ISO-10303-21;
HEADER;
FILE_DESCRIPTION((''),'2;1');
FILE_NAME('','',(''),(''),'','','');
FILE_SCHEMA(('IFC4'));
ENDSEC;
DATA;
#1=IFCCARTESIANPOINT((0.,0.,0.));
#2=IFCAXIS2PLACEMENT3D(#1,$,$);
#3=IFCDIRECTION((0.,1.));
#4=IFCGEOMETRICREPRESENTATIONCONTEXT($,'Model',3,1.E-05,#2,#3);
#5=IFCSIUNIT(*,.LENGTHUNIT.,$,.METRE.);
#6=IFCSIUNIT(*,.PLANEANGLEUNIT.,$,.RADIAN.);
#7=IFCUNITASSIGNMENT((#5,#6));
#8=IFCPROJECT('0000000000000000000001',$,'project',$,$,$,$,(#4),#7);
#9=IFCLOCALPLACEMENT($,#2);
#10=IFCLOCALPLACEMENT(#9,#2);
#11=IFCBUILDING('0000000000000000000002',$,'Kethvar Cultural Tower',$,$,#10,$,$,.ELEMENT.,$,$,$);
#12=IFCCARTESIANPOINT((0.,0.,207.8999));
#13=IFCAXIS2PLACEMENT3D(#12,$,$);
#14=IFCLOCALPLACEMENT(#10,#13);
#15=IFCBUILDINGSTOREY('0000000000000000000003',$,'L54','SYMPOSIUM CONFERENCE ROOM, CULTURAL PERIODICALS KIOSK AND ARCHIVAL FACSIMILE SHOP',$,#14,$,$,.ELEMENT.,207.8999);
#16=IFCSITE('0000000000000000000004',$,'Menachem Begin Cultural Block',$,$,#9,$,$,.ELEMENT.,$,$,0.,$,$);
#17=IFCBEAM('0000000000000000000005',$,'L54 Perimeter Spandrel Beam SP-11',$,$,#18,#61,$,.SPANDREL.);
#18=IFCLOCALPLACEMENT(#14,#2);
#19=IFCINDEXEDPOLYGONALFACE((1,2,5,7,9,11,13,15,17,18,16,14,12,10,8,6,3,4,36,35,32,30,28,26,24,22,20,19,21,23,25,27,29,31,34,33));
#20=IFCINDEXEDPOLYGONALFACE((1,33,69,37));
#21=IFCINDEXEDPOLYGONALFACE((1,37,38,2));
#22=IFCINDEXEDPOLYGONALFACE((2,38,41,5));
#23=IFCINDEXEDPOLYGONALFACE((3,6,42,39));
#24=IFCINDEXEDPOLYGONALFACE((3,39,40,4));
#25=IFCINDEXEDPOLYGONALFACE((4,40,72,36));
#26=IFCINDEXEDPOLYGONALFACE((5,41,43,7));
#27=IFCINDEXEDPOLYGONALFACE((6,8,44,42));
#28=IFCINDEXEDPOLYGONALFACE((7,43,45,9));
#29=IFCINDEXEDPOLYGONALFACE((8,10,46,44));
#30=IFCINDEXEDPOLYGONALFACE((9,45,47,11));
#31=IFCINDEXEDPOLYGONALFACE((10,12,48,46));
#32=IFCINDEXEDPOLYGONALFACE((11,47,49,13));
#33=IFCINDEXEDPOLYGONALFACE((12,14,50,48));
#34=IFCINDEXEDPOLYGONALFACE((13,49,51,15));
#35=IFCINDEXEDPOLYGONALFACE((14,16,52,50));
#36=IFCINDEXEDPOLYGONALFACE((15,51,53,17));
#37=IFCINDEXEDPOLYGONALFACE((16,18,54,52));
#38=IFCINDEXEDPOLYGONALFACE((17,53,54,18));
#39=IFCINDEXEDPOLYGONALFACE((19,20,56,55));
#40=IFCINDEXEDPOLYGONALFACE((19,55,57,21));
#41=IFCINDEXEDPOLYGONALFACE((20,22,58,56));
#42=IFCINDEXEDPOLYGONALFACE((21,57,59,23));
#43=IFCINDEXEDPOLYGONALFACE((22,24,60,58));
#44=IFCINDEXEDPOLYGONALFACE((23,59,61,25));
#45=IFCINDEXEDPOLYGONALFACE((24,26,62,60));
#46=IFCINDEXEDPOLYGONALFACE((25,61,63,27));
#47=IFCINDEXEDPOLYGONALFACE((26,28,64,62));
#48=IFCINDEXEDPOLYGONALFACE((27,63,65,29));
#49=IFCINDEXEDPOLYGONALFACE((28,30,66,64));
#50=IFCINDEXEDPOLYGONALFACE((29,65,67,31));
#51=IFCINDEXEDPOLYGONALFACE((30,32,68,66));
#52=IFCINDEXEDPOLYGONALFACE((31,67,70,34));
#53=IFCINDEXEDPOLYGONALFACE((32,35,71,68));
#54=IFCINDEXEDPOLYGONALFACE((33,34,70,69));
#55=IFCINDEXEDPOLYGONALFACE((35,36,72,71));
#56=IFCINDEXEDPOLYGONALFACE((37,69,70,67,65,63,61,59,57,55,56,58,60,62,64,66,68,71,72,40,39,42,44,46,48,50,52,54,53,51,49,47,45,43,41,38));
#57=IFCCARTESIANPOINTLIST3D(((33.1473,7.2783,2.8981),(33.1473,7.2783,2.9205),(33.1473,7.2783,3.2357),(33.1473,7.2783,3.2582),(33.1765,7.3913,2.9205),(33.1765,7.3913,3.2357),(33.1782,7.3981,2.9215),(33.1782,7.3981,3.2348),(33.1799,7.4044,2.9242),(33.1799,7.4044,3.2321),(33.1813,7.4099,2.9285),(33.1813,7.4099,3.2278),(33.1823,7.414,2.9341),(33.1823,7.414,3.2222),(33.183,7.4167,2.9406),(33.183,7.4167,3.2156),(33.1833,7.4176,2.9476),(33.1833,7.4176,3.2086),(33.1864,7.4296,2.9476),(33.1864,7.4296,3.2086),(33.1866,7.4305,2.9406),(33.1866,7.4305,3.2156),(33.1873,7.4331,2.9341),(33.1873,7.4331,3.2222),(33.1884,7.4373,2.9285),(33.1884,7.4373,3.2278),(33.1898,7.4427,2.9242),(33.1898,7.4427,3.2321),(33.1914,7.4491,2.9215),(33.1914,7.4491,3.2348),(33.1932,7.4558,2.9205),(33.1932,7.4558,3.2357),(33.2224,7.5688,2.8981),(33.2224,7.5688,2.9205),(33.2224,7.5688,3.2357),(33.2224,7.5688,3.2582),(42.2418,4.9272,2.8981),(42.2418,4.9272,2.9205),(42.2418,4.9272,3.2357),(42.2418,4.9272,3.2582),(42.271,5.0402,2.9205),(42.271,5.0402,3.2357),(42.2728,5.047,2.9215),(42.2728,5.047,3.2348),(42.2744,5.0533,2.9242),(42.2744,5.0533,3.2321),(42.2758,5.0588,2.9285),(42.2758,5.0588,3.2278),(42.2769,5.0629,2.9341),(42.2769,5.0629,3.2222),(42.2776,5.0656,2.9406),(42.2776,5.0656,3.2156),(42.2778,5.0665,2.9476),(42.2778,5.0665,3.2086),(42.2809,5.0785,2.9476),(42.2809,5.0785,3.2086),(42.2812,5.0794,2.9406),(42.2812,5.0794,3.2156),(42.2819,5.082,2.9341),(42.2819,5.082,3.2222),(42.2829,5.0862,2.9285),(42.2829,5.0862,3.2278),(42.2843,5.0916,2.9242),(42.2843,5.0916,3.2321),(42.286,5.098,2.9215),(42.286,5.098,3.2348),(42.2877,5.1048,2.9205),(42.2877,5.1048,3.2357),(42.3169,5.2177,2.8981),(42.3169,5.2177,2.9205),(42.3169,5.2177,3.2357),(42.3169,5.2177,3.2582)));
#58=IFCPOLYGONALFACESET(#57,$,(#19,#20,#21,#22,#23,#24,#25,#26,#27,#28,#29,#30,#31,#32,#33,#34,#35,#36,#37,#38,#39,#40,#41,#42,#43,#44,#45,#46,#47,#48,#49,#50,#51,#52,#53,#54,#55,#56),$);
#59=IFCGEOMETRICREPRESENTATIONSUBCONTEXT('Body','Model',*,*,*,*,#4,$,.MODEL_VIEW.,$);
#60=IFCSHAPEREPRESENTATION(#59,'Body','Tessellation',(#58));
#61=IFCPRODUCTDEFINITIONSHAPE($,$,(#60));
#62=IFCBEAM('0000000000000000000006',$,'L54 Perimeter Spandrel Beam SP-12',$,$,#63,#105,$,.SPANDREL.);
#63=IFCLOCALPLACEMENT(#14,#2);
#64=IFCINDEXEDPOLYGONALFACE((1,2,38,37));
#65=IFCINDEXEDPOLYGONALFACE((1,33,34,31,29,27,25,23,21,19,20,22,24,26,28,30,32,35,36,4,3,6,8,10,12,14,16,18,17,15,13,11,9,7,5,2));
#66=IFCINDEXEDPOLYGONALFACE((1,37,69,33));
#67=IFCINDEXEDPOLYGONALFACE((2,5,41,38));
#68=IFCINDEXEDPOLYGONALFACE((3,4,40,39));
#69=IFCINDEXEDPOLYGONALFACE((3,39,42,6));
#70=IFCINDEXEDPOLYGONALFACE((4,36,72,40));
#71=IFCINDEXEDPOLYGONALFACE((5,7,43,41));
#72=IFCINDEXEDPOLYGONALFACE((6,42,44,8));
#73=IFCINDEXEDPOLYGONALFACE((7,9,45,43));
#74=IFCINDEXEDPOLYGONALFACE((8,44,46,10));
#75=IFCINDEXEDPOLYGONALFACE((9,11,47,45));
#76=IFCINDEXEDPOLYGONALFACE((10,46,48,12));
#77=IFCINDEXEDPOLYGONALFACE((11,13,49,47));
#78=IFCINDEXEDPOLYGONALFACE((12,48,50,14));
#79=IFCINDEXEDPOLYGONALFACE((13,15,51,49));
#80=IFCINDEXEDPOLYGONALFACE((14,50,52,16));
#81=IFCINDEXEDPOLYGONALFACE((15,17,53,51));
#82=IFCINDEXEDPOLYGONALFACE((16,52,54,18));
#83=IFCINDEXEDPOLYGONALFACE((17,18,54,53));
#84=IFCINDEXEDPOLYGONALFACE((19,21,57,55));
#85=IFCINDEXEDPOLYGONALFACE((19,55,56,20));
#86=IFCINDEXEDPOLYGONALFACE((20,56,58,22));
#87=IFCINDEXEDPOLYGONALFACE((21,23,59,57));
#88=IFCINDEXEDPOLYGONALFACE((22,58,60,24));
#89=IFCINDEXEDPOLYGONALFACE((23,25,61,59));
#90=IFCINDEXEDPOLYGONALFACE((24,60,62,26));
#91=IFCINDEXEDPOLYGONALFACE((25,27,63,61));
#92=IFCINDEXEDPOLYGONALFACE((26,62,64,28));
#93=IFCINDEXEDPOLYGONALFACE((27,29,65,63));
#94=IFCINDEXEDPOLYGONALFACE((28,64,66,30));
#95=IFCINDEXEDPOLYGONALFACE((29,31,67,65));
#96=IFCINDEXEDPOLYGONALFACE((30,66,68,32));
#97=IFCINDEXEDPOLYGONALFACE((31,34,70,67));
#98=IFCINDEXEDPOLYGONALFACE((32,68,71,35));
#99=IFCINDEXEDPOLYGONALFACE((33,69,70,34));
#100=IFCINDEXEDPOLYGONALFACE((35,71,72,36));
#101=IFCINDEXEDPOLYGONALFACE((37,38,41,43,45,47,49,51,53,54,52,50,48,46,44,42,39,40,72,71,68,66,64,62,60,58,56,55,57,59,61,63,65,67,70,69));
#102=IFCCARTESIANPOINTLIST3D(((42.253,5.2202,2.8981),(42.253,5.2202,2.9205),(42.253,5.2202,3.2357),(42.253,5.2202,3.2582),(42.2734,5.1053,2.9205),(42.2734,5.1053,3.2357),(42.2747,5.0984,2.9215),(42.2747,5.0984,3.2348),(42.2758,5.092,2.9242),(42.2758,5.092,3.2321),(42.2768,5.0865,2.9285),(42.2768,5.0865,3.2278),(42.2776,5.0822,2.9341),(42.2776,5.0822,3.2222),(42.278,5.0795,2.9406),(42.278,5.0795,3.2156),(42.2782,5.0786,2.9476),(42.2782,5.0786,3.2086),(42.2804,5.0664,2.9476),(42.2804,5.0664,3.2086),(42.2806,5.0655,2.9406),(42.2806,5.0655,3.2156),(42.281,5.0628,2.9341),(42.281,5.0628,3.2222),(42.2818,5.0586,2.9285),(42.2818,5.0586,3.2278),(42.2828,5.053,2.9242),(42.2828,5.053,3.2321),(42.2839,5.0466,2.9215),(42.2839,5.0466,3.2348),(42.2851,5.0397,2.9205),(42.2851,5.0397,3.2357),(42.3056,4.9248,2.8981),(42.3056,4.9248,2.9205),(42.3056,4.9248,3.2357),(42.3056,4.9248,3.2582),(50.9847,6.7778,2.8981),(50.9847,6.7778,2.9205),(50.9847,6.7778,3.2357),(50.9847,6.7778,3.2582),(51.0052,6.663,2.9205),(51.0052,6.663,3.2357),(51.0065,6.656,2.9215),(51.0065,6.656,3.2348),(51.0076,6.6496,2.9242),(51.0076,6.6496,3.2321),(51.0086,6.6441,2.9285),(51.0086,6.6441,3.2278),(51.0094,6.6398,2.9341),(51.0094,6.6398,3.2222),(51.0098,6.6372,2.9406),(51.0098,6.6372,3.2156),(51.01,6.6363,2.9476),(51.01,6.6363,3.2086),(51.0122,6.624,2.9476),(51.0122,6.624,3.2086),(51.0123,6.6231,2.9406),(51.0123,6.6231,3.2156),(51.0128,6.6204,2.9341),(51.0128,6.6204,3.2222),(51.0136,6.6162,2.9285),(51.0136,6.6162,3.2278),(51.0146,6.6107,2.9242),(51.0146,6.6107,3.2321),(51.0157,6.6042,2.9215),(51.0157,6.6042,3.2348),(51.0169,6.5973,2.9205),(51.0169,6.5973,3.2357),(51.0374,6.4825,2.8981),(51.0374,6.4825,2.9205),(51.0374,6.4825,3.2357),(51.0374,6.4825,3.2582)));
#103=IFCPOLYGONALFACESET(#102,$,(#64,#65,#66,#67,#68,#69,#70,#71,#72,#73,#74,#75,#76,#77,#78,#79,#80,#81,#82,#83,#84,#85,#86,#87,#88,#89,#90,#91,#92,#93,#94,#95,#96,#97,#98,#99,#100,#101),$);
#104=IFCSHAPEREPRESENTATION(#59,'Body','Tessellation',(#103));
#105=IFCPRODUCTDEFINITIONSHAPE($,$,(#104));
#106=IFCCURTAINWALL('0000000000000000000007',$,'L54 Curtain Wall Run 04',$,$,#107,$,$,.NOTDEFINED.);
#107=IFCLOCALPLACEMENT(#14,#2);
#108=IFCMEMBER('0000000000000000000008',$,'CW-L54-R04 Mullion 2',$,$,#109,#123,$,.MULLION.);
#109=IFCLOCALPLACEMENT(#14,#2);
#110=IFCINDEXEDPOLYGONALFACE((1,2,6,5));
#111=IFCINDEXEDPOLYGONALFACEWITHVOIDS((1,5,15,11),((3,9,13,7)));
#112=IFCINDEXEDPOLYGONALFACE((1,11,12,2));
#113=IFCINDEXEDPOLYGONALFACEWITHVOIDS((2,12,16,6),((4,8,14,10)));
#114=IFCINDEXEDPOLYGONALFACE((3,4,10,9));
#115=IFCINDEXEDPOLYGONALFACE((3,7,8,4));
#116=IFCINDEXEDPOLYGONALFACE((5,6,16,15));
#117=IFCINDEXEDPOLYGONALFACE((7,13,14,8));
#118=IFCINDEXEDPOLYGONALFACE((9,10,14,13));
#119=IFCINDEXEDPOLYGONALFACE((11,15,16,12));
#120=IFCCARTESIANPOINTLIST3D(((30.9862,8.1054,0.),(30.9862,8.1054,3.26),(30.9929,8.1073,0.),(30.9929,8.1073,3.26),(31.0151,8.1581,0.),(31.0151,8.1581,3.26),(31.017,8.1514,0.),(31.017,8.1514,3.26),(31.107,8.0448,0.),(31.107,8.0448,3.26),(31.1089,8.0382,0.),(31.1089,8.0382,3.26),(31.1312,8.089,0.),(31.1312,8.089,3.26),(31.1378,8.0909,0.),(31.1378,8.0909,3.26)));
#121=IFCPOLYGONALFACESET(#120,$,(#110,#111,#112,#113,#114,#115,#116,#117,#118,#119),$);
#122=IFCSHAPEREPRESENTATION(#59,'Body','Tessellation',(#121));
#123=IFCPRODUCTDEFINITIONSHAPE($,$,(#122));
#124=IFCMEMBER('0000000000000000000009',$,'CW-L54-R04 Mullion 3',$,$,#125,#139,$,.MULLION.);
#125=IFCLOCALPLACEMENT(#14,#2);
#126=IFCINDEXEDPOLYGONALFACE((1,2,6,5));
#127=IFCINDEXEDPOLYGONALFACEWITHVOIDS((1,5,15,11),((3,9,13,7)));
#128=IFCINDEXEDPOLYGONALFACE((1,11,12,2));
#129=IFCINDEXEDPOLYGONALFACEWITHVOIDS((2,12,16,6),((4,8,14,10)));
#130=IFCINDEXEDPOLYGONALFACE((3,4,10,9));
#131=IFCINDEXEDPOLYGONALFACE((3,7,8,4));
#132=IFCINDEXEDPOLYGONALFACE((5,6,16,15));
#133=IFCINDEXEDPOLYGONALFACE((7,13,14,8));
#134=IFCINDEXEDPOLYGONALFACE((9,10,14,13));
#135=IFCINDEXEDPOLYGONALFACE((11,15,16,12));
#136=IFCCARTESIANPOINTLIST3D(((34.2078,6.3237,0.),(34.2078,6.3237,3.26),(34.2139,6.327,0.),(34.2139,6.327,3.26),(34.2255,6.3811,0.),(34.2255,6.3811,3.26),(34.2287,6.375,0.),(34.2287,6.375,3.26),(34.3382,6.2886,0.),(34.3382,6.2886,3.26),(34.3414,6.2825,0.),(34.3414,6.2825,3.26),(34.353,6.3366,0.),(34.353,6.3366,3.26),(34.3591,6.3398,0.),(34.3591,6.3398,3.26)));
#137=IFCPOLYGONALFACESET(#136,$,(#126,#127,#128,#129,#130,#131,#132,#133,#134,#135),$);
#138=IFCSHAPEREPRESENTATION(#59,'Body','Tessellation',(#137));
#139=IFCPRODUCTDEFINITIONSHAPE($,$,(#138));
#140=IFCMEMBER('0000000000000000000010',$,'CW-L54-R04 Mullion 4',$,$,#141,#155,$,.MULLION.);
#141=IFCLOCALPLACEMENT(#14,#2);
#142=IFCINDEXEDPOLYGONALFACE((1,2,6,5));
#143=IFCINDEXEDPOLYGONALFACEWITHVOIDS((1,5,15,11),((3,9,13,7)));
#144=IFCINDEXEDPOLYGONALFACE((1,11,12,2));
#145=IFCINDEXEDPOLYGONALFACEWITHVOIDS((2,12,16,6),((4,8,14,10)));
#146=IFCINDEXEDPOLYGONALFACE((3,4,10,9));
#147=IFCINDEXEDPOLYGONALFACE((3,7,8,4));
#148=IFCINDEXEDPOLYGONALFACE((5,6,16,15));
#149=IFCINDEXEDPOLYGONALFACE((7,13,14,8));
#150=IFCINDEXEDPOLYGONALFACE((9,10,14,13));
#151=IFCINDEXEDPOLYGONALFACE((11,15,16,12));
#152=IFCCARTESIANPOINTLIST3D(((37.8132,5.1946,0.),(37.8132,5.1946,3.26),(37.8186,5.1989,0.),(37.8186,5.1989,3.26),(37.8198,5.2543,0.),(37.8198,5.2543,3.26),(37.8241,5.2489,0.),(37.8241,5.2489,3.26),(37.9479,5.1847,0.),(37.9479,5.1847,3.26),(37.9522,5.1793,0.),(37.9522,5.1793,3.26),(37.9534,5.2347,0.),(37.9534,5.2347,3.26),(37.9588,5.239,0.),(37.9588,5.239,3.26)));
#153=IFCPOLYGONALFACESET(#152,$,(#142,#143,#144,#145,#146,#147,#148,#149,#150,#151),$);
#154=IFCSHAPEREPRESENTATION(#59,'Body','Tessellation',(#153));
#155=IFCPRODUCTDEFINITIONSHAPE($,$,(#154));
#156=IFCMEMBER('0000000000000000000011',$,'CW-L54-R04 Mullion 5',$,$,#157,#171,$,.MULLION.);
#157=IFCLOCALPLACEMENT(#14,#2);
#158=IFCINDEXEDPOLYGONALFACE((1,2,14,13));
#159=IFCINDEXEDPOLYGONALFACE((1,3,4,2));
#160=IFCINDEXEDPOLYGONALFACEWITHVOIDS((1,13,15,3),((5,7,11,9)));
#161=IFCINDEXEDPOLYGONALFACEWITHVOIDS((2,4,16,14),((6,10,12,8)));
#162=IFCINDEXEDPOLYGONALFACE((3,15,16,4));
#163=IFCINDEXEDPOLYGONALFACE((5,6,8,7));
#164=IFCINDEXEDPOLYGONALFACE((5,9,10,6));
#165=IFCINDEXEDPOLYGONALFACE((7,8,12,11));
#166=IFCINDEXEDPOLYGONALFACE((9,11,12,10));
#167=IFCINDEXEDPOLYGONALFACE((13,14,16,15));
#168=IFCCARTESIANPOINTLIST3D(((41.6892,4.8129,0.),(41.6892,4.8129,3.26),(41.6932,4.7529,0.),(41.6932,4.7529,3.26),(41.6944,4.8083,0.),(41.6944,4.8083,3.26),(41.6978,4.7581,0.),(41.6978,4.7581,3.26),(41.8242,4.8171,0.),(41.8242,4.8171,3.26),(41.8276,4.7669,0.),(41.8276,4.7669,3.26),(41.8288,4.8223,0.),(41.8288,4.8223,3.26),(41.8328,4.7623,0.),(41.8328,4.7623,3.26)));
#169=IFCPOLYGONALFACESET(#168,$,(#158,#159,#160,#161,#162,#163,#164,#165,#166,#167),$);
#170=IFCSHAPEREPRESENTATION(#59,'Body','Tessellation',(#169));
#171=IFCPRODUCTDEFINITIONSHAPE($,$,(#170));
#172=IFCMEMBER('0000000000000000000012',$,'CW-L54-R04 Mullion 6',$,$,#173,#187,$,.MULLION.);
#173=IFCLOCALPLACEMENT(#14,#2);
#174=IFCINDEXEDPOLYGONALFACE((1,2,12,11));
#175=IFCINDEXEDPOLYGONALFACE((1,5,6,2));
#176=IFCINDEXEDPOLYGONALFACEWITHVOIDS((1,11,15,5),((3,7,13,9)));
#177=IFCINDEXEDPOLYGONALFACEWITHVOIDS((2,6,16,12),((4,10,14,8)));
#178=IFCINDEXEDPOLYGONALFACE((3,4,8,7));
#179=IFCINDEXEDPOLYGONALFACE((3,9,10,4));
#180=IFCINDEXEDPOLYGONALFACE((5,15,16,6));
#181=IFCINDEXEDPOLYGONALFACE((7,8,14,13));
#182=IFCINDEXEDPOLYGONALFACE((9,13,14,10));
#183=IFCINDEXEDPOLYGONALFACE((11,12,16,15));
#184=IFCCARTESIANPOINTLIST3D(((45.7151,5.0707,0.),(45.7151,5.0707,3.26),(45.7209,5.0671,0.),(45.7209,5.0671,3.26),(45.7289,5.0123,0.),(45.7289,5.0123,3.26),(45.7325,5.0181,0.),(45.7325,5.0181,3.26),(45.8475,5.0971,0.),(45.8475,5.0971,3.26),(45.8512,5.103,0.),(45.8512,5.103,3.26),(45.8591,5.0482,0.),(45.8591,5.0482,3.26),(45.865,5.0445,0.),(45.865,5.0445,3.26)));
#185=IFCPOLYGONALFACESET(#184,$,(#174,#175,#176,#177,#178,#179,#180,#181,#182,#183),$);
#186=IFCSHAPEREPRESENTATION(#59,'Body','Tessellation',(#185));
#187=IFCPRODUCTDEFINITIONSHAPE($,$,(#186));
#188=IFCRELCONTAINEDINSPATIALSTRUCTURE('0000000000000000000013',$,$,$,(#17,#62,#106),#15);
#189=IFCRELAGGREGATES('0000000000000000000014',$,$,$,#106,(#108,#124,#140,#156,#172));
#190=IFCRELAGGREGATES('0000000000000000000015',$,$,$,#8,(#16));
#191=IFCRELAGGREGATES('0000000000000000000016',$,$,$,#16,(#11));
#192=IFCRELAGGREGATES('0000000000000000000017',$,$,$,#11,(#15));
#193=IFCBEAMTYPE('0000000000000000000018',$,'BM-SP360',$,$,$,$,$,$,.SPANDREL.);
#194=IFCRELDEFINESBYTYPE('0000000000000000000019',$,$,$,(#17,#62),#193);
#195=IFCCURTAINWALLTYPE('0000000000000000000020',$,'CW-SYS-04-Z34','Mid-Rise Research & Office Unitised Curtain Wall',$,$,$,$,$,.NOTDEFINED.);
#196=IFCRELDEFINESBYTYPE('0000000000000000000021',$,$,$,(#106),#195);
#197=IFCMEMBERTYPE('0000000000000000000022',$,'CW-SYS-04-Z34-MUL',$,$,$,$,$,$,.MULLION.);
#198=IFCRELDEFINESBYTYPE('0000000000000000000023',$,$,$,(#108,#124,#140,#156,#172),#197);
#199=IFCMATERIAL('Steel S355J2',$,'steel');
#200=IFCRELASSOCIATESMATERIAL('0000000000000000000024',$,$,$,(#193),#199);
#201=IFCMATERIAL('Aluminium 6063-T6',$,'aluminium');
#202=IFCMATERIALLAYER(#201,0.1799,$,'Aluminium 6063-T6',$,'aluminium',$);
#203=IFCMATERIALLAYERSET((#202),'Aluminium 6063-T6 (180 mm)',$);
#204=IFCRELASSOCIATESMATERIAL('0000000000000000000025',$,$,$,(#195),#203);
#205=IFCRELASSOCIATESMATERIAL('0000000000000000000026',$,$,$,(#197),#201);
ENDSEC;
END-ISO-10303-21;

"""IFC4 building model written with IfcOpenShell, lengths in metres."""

from ifc_helpers import new_model, si_unit, direction, frame, origin, origin_2d, place, context, subcontext, project, spatial, hollow_rectangle, i_section, extrude, source, transform, mapped, material, layer, layer_set, material_profile, profile_set, type_object, element, aggregate, save


model = new_model("IFC4")

# Units and contexts
model_context = context("Model", 3, precision=1e-05, world=origin(), true_north=direction((0.0, 1.0)))
body_context = subcontext(model_context, "Body", "Model", "MODEL_VIEW")
ifc_project = project(units=[si_unit("LENGTHUNIT", "METRE"), si_unit("PLANEANGLEUNIT", "RADIAN")], contexts=[model_context])

# Site, building, storey
site_placement = place(None, origin())
site = spatial("IfcSite", under=ifc_project, at=site_placement, Name="Menachem Begin Cultural Block", CompositionType="ELEMENT", RefElevation=0.0)
building_placement = place(site_placement, origin())
building = spatial("IfcBuilding", under=site, at=building_placement, Name="Kethvar Cultural Tower", CompositionType="ELEMENT")
storey_placement = place(building_placement, frame((0.0, 0.0, 207.8999)))
storey = spatial("IfcBuildingStorey", under=building, at=storey_placement, Name="L54", Description="SYMPOSIUM CONFERENCE ROOM, CULTURAL PERIODICALS KIOSK AND ARCHIVAL FACSIMILE SHOP", CompositionType="ELEMENT", Elevation=207.8999)

# Beams
ifc_material_1 = material(Name="Steel S355J2", Category="steel")
ifc_material_profile_1 = material_profile(ifc_material_1, i_section(OverallWidth=0.3, OverallDepth=0.3601, WebThickness=0.0125, FlangeThickness=0.0225, FilletRadius=0.0271, at=origin_2d()), Name="Steel S355J2 — HEB360")
ifc_profile_set_1 = profile_set([ifc_material_profile_1], Name="Steel S355J2 — HEB360")
beam_type_1 = type_object("IfcBeamType", Name="BM-SP360", PredefinedType="SPANDREL", material=ifc_profile_set_1)
shared_shape_1 = source(origin(), body_context, "Body", "SweptSolid", [
    extrude(i_section(OverallWidth=0.3, OverallDepth=0.3601, WebThickness=0.0125, FlangeThickness=0.0225, FilletRadius=0.0271, at=origin_2d()), origin(), (0.0, 0.0, 1.0), 9.3936),
])
beam_1_placement = place(storey_placement, frame((33.1848, 7.4236, 3.0781), z_axis=(0.968171, -0.250288, 0.0), x_axis=(0.250288, 0.968171, 0.0)))
element("IfcBeam", 1, at=beam_1_placement, inside=storey, type_object=beam_type_1, Name="L54 Perimeter Spandrel Beam SP-11", PredefinedType="SPANDREL", context=body_context, shape_type="MappedRepresentation", body=[
    mapped(shared_shape_1, transform((0.0, 0.0, 0.0), scale=1.0)),
])
shared_shape_2 = source(origin(), body_context, "Body", "SweptSolid", [
    extrude(i_section(OverallWidth=0.3, OverallDepth=0.3601, WebThickness=0.0125, FlangeThickness=0.0225, FilletRadius=0.0271, at=origin_2d()), origin(), (0.0, 0.0, 1.0), 8.8696),
])
beam_2_placement = place(storey_placement, frame((42.2793, 5.0725, 3.0781), z_axis=(0.984459, 0.175614, 0.0), x_axis=(-0.175614, 0.984459, 0.0)))
element("IfcBeam", 2, at=beam_2_placement, inside=storey, type_object=beam_type_1, Name="L54 Perimeter Spandrel Beam SP-12", PredefinedType="SPANDREL", context=body_context, shape_type="MappedRepresentation", body=[
    mapped(shared_shape_2, transform((0.0, 0.0, 0.0), scale=1.0)),
])

# Curtain wall, members
ifc_material_2 = material(Name="Aluminium 6063-T6", Category="aluminium")
ifc_layer_1 = layer(ifc_material_2, 0.1799, Name="Aluminium 6063-T6", Category="aluminium")
ifc_layer_set_1 = layer_set([ifc_layer_1], Name="Aluminium 6063-T6 (180 mm)")
curtain_wall_type = type_object("IfcCurtainWallType", Name="CW-SYS-04-Z34", Description="Mid-Rise Research & Office Unitised Curtain Wall", PredefinedType="NOTDEFINED", material=ifc_layer_set_1)
curtain_wall_placement = place(storey_placement, origin())
curtain_wall = element("IfcCurtainWall", 3, at=curtain_wall_placement, inside=storey, type_object=curtain_wall_type, Name="L54 Curtain Wall Run 04", PredefinedType="NOTDEFINED")
ifc_material_profile_2 = material_profile(ifc_material_2, hollow_rectangle(XDim=0.0601, YDim=0.1399, WallThickness=0.0049, at=origin_2d()), Name="Aluminium 6063-T6 — RHS140x60x5")
ifc_profile_set_2 = profile_set([ifc_material_profile_2], Name="Aluminium 6063-T6 — RHS140x60x5")
member_type_1 = type_object("IfcMemberType", Name="CW-SYS-04-Z34-MUL", PredefinedType="MULLION", material=ifc_profile_set_2)
shared_shape_3 = source(origin(), body_context, "Body", "SweptSolid", [
    extrude(hollow_rectangle(XDim=0.0601, YDim=0.1399, WallThickness=0.0049, at=origin_2d()), origin(), (0.0, 0.0, 1.0), 3.26),
])
member_1_placement = place(storey_placement, frame((31.062, 8.0981, 0.0), z_axis=(0.0, 0.0, 1.0), x_axis=(0.480223, 0.877146, 0.0)))
member_1 = element("IfcMember", 4, at=member_1_placement, type_object=member_type_1, Name="CW-L54-R04 Mullion 2", PredefinedType="MULLION", context=body_context, shape_type="MappedRepresentation", body=[
    mapped(shared_shape_3, transform((0.0, 0.0, 0.0), scale=1.0)),
])
member_2_placement = place(storey_placement, frame((34.2834, 6.3318, 0.0), z_axis=(0.0, 0.0, 1.0), x_axis=(0.295158, 0.955449, 0.0)))
member_2 = element("IfcMember", 5, at=member_2_placement, type_object=member_type_1, Name="CW-L54-R04 Mullion 3", PredefinedType="MULLION", context=body_context, shape_type="MappedRepresentation", body=[
    mapped(shared_shape_3, transform((0.0, 0.0, 0.0), scale=1.0)),
])
member_3_placement = place(storey_placement, frame((37.886, 5.2168, 0.0), z_axis=(0.0, 0.0, 1.0), x_axis=(0.1097, 0.993965, 0.0)))
member_3 = element("IfcMember", 6, at=member_3_placement, type_object=member_type_1, Name="CW-L54-R04 Mullion 4", PredefinedType="MULLION", context=body_context, shape_type="MappedRepresentation", body=[
    mapped(shared_shape_3, transform((0.0, 0.0, 0.0), scale=1.0)),
])
member_4_placement = place(storey_placement, frame((41.761, 4.7876, 0.0), z_axis=(0.0, 0.0, 1.0), x_axis=(-0.067249, 0.997736, 0.0)))
member_4 = element("IfcMember", 7, at=member_4_placement, type_object=member_type_1, Name="CW-L54-R04 Mullion 5", PredefinedType="MULLION", context=body_context, shape_type="MappedRepresentation", body=[
    mapped(shared_shape_3, transform((0.0, 0.0, 0.0), scale=1.0)),
])
member_5_placement = place(storey_placement, frame((45.79, 5.0576, 0.0), z_axis=(0.0, 0.0, 1.0), x_axis=(-0.23078, 0.973006, 0.0)))
member_5 = element("IfcMember", 8, at=member_5_placement, type_object=member_type_1, Name="CW-L54-R04 Mullion 6", PredefinedType="MULLION", context=body_context, shape_type="MappedRepresentation", body=[
    mapped(shared_shape_3, transform((0.0, 0.0, 0.0), scale=1.0)),
])
aggregate(curtain_wall, [member_1, member_2, member_3, member_4, member_5])

save(model, "model.ifc")
